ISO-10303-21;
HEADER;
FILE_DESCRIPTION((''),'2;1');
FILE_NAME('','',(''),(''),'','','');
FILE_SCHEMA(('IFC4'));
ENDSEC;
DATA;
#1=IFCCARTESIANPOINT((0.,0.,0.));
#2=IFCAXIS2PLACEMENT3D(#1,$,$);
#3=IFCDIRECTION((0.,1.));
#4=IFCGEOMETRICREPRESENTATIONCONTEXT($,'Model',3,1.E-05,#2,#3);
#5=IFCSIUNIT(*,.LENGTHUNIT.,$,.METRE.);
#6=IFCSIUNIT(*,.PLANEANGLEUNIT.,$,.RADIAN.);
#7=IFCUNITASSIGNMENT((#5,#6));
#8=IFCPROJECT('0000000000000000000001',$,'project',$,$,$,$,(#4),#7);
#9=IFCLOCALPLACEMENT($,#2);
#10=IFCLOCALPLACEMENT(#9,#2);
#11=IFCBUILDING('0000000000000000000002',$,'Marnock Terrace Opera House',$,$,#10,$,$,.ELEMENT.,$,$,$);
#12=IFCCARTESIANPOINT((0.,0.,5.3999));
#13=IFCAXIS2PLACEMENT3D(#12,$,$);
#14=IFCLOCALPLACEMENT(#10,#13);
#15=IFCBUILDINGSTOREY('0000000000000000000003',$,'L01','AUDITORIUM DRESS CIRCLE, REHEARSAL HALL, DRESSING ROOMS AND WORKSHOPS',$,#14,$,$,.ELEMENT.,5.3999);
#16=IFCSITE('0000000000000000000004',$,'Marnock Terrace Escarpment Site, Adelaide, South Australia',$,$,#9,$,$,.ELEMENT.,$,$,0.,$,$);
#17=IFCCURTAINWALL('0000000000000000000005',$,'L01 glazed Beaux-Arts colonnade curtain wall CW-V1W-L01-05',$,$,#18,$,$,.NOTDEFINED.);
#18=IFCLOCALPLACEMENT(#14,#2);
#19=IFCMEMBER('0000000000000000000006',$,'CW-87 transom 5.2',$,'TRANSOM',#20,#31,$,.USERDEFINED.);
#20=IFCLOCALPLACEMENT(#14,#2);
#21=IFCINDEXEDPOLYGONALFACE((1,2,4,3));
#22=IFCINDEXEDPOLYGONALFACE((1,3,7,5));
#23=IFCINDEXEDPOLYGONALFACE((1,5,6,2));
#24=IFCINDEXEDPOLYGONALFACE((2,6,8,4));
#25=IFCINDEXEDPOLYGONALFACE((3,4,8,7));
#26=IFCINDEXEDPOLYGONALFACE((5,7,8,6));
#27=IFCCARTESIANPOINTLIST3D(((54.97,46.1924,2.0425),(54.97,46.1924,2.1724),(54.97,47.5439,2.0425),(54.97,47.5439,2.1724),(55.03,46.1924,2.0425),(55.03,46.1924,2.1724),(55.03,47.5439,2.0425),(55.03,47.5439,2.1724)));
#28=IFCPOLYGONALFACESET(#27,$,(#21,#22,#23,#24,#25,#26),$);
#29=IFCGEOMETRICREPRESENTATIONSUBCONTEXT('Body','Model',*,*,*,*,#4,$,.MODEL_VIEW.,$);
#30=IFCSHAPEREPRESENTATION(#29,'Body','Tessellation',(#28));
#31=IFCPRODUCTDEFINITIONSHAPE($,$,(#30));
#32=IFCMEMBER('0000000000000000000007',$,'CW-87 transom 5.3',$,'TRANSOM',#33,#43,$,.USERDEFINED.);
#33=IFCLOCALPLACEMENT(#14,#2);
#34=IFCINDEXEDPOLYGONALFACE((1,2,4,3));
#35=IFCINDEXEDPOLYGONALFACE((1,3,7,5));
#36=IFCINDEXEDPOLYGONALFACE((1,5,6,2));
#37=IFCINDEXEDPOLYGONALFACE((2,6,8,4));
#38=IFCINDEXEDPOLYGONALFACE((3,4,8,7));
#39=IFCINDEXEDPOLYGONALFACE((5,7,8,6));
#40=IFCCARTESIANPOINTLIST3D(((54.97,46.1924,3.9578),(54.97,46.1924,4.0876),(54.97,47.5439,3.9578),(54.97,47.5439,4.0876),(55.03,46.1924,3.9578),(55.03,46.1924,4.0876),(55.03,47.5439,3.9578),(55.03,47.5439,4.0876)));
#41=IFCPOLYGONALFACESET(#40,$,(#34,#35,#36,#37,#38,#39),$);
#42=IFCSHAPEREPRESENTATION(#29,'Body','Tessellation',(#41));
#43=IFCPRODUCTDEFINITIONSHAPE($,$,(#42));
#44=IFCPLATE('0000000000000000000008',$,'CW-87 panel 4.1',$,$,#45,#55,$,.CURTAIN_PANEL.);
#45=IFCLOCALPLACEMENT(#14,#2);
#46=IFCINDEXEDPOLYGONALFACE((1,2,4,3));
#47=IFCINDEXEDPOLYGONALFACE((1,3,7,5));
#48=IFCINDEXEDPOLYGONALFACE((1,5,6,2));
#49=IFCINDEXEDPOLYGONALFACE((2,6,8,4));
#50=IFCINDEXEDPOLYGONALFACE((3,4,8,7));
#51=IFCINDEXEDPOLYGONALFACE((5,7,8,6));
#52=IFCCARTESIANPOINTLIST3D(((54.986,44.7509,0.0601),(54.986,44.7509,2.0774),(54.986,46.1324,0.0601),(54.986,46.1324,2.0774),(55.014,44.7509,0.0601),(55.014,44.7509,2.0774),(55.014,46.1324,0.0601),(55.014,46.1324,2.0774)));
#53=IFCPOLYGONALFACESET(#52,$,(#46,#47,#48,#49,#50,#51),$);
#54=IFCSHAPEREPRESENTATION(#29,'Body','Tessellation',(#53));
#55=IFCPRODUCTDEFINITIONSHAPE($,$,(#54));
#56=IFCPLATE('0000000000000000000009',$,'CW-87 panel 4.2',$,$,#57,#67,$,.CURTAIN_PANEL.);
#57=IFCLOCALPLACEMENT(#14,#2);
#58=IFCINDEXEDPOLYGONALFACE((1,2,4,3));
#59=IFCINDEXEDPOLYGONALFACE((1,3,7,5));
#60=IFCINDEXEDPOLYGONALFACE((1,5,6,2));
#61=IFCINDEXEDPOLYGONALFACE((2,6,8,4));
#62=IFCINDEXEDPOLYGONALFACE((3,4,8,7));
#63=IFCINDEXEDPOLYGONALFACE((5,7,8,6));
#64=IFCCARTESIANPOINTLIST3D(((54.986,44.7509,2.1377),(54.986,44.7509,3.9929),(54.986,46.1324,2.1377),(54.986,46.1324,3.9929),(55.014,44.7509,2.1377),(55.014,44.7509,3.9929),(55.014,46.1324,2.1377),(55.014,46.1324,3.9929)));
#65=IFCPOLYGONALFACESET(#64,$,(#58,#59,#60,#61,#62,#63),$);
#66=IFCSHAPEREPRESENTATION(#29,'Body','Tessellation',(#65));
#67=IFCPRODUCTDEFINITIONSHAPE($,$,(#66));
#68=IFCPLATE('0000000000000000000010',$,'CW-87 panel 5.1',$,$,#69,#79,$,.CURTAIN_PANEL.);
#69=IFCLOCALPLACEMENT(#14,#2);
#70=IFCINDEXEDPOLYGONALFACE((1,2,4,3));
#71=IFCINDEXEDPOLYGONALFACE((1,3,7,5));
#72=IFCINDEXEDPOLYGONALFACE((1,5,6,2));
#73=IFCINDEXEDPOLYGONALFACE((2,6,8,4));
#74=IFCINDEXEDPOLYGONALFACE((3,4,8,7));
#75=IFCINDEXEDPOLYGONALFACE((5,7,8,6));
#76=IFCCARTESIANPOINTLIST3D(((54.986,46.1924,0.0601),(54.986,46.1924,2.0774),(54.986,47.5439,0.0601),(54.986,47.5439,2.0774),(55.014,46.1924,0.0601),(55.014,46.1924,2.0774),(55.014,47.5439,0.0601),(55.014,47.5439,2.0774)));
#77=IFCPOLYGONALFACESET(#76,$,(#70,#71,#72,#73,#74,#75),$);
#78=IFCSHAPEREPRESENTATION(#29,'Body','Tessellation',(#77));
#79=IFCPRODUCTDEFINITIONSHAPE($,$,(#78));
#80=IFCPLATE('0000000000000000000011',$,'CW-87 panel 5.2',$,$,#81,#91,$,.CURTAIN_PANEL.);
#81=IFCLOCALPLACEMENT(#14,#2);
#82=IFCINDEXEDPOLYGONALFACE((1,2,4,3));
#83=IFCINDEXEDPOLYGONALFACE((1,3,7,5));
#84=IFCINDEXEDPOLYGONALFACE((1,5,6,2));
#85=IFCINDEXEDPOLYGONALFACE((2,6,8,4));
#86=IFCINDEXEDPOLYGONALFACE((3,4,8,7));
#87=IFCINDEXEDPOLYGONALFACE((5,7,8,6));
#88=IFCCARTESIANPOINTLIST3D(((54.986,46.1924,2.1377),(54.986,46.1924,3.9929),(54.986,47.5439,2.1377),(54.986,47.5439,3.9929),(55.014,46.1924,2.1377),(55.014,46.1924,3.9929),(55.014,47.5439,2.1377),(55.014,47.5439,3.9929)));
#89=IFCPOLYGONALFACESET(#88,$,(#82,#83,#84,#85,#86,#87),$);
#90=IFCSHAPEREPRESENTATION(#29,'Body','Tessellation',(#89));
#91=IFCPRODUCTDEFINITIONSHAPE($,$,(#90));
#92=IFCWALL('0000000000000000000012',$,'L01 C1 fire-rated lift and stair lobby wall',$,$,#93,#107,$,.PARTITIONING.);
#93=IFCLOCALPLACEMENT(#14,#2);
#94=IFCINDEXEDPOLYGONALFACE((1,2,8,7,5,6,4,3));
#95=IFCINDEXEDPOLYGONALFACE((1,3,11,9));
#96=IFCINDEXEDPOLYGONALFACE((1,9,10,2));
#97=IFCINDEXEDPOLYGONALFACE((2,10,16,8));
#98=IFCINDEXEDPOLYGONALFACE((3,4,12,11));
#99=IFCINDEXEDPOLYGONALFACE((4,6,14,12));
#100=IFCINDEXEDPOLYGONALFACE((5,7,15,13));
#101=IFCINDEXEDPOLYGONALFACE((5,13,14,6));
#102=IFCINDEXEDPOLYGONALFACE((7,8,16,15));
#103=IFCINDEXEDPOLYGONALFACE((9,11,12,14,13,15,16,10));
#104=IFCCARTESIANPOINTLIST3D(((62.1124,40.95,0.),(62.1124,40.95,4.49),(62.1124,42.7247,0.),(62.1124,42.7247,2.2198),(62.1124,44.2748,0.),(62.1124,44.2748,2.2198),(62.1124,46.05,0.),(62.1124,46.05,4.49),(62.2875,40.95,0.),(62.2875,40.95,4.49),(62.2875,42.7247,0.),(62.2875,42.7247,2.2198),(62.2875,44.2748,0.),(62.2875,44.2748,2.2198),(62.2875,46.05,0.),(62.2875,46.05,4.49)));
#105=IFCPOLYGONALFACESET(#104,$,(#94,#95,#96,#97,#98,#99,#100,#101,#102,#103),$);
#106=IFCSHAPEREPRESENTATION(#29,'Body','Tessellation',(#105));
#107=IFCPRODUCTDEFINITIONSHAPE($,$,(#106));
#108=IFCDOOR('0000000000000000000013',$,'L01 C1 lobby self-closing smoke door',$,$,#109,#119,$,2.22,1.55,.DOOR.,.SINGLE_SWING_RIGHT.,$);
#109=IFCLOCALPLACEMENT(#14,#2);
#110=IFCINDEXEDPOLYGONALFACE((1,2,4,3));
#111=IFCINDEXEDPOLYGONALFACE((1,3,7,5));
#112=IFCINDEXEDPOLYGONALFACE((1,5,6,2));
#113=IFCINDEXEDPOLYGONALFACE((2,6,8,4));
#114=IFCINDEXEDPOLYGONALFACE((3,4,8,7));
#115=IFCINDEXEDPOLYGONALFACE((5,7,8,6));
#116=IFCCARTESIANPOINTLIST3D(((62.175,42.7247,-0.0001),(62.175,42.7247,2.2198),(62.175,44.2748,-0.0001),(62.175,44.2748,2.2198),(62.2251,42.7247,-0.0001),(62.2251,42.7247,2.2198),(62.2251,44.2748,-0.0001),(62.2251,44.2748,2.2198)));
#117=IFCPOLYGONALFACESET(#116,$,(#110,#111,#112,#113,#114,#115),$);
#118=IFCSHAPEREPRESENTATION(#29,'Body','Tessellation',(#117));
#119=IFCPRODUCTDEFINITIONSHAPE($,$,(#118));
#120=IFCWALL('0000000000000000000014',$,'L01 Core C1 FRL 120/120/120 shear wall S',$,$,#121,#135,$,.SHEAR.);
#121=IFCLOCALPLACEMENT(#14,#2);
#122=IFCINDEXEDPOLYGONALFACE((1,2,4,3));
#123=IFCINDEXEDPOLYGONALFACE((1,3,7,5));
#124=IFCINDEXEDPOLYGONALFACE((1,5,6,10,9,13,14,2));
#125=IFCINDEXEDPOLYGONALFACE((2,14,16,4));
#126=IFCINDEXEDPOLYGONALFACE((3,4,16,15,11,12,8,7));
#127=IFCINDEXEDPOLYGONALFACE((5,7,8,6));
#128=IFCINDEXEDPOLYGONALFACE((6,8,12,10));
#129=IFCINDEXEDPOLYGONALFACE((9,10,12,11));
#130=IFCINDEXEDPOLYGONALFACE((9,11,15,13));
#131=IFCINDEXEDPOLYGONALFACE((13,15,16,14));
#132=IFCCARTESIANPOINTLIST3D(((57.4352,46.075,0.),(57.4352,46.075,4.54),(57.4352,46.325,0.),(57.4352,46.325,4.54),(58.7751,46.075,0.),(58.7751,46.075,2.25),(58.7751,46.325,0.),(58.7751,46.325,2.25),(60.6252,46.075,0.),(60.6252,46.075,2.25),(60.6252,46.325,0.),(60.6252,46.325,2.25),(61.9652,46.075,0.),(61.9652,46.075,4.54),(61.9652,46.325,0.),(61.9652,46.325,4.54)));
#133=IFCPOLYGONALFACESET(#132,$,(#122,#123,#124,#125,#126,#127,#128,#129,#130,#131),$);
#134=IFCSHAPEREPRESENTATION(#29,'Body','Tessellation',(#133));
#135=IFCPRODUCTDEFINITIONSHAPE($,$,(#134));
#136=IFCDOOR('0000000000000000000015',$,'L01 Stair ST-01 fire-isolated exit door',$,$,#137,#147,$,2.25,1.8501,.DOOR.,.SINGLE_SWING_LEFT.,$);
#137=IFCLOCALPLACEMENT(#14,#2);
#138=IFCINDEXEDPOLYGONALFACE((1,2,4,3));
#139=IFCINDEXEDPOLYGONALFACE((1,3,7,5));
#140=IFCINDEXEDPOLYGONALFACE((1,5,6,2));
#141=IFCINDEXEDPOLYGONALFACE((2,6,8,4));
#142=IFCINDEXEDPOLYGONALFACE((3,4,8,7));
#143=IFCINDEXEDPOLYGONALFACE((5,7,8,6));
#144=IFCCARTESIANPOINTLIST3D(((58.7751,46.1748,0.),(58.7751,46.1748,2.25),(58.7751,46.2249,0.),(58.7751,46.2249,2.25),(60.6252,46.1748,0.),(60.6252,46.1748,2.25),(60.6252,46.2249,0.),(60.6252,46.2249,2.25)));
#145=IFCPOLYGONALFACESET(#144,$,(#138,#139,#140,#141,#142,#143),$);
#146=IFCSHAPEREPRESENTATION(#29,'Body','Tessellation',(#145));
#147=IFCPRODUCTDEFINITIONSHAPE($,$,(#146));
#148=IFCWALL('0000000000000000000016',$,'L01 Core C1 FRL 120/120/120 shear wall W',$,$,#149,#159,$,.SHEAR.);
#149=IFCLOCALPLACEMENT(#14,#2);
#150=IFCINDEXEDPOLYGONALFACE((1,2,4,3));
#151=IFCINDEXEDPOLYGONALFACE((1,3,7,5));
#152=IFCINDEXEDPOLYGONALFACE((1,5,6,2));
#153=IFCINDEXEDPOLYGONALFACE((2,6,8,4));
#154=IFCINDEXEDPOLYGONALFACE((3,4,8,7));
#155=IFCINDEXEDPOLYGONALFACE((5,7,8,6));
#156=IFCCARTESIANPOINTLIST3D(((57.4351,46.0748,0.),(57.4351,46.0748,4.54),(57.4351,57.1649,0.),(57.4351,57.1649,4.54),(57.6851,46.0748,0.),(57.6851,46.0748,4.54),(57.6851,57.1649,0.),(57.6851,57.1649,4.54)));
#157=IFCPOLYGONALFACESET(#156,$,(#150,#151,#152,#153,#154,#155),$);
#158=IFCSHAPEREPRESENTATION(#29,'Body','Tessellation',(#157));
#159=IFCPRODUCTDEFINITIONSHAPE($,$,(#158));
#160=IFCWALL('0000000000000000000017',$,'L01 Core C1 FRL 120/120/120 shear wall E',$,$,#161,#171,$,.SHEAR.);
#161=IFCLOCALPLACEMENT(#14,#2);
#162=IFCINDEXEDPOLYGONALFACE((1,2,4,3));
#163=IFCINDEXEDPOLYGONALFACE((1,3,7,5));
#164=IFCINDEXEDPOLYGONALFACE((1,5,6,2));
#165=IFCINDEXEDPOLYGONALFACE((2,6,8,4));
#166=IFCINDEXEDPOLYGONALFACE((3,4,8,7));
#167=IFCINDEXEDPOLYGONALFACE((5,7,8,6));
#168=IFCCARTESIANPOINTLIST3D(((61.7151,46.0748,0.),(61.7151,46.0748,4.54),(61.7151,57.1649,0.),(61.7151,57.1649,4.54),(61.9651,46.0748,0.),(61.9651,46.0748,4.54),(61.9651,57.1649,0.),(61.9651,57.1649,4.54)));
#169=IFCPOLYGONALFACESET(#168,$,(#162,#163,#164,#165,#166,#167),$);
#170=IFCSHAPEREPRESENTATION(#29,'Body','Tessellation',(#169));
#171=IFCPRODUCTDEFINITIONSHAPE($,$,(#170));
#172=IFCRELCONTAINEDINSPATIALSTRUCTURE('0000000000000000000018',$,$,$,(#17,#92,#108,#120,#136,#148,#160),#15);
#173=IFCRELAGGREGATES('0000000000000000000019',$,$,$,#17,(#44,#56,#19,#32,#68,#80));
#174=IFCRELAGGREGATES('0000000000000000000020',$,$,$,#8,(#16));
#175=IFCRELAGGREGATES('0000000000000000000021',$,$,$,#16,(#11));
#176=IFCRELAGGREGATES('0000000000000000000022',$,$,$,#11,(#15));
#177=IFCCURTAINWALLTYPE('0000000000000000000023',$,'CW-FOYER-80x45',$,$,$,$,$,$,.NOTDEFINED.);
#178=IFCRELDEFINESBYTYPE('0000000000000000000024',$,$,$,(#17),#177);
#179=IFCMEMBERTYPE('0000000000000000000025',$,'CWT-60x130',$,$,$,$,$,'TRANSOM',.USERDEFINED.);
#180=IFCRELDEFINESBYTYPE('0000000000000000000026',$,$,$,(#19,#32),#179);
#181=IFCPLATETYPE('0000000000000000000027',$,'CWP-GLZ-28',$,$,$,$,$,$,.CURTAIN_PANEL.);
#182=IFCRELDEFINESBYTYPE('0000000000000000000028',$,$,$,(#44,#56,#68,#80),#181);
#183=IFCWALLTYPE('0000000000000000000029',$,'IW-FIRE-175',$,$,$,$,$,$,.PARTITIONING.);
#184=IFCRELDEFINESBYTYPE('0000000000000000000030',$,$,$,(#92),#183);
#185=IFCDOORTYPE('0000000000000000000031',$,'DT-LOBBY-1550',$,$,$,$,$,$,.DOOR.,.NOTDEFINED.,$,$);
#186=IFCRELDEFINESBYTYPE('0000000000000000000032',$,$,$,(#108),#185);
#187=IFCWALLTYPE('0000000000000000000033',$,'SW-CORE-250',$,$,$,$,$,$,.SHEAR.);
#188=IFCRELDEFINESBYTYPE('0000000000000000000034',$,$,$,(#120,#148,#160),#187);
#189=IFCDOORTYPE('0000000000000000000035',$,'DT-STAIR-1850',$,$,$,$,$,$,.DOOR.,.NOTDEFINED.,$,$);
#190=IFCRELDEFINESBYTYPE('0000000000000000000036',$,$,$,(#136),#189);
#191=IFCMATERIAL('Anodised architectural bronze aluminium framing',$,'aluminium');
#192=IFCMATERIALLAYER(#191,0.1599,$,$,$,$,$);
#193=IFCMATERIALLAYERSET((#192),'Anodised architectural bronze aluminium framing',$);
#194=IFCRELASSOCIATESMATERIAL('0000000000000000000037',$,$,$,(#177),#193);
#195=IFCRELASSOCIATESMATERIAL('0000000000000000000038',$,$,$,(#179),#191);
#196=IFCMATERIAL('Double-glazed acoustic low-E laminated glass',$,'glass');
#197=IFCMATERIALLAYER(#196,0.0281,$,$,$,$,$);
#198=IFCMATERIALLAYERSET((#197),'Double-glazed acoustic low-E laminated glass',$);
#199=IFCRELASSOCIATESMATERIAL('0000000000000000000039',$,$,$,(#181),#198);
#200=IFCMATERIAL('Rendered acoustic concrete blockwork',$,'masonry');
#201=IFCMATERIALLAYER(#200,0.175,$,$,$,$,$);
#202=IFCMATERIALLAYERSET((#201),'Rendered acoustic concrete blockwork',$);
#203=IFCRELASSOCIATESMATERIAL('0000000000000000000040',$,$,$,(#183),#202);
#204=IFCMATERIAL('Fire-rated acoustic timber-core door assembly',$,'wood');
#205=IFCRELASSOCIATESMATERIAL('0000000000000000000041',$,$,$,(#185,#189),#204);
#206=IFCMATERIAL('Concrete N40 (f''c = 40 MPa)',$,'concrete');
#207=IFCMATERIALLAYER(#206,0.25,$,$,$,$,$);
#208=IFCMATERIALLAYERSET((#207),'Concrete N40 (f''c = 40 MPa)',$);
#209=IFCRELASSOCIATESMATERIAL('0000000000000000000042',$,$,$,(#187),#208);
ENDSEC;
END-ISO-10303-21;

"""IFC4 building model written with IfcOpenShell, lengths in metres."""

from ifc_helpers import new_model, si_unit, direction, frame, frame_2d, origin, origin_2d, place, context, subcontext, project, spatial, rectangle, extrude, material, layer, layer_set, material_profile, profile_set, type_object, element, fill, aggregate, save


model = new_model("IFC4")

# Units and contexts
model_context = context("Model", 3, precision=1e-05, world=origin(), true_north=direction((0.0, 1.0)))
body_context = subcontext(model_context, "Body", "Model", "MODEL_VIEW")
ifc_project = project(units=[si_unit("LENGTHUNIT", "METRE"), si_unit("PLANEANGLEUNIT", "RADIAN")], contexts=[model_context])

# Site, building, storey
site_placement = place(None, origin())
site = spatial("IfcSite", under=ifc_project, at=site_placement, Name="Marnock Terrace Escarpment Site, Adelaide, South Australia", CompositionType="ELEMENT", RefElevation=0.0)
building_placement = place(site_placement, origin())
building = spatial("IfcBuilding", under=site, at=building_placement, Name="Marnock Terrace Opera House", CompositionType="ELEMENT")
storey_placement = place(building_placement, frame((0.0, 0.0, 5.3999)))
storey = spatial("IfcBuildingStorey", under=building, at=storey_placement, Name="L01", Description="AUDITORIUM DRESS CIRCLE, REHEARSAL HALL, DRESSING ROOMS AND WORKSHOPS", CompositionType="ELEMENT", Elevation=5.3999)

# Curtain wall, members, plates
ifc_material_1 = material(Name="Anodised architectural bronze aluminium framing", Category="aluminium")
ifc_layer_1 = layer(ifc_material_1, 0.1599)
ifc_layer_set_1 = layer_set([ifc_layer_1], Name="Anodised architectural bronze aluminium framing")
curtain_wall_type = type_object("IfcCurtainWallType", Name="CW-FOYER-80x45", PredefinedType="NOTDEFINED", material=ifc_layer_set_1)
curtain_wall_placement = place(storey_placement, origin())
curtain_wall = element("IfcCurtainWall", 1, at=curtain_wall_placement, inside=storey, type_object=curtain_wall_type, Name="L01 glazed Beaux-Arts colonnade curtain wall CW-V1W-L01-05", PredefinedType="NOTDEFINED")
ifc_material_profile_1 = material_profile(ifc_material_1, rectangle(XDim=0.0601, YDim=0.1299, at=origin_2d()))
ifc_profile_set_1 = profile_set([ifc_material_profile_1], Name="Anodised architectural bronze aluminium framing")
member_type_1 = type_object("IfcMemberType", Name="CWT-60x130", ElementType="TRANSOM", PredefinedType="USERDEFINED", material=ifc_profile_set_1)
member_1_placement = place(storey_placement, frame((55.0, 46.1924, 2.1074), z_axis=(0.0, 1.0, 0.0), x_axis=(-1.0, 0.0, 0.0)))
member_1 = element("IfcMember", 2, at=member_1_placement, type_object=member_type_1, Name="CW-87 transom 5.2", ObjectType="TRANSOM", PredefinedType="USERDEFINED", context=body_context, shape_type="SweptSolid", body=[
    extrude(rectangle(XDim=0.0601, YDim=0.1299, at=origin_2d()), origin(), (0.0, 0.0, 1.0), 1.3516),
])
member_2_placement = place(storey_placement, frame((55.0, 46.1924, 4.0227), z_axis=(0.0, 1.0, 0.0), x_axis=(-1.0, 0.0, 0.0)))
member_2 = element("IfcMember", 3, at=member_2_placement, type_object=member_type_1, Name="CW-87 transom 5.3", ObjectType="TRANSOM", PredefinedType="USERDEFINED", context=body_context, shape_type="SweptSolid", body=[
    extrude(rectangle(XDim=0.0601, YDim=0.1299, at=origin_2d()), origin(), (0.0, 0.0, 1.0), 1.3516),
])
ifc_material_2 = material(Name="Double-glazed acoustic low-E laminated glass", Category="glass")
ifc_layer_2 = layer(ifc_material_2, 0.0281)
ifc_layer_set_2 = layer_set([ifc_layer_2], Name="Double-glazed acoustic low-E laminated glass")
plate_type = type_object("IfcPlateType", Name="CWP-GLZ-28", PredefinedType="CURTAIN_PANEL", material=ifc_layer_set_2)
plate_1_placement = place(storey_placement, frame((55.0, 45.4417, 0.0601), z_axis=(0.0, 0.0, 1.0), x_axis=(0.0, 1.0, 0.0)))
plate_1 = element("IfcPlate", 4, at=plate_1_placement, type_object=plate_type, Name="CW-87 panel 4.1", PredefinedType="CURTAIN_PANEL", context=body_context, shape_type="SweptSolid", body=[
    extrude(rectangle(XDim=1.3816, YDim=0.0281, at=origin_2d()), origin(), (0.0, 0.0, 1.0), 2.0173),
])
plate_2_placement = place(storey_placement, frame((55.0, 45.4417, 2.1377), z_axis=(0.0, 0.0, 1.0), x_axis=(0.0, 1.0, 0.0)))
plate_2 = element("IfcPlate", 5, at=plate_2_placement, type_object=plate_type, Name="CW-87 panel 4.2", PredefinedType="CURTAIN_PANEL", context=body_context, shape_type="SweptSolid", body=[
    extrude(rectangle(XDim=1.3816, YDim=0.0281, at=origin_2d()), origin(), (0.0, 0.0, 1.0), 1.8552),
])
plate_3_placement = place(storey_placement, frame((55.0, 46.8682, 0.0601), z_axis=(0.0, 0.0, 1.0), x_axis=(0.0, 1.0, 0.0)))
plate_3 = element("IfcPlate", 6, at=plate_3_placement, type_object=plate_type, Name="CW-87 panel 5.1", PredefinedType="CURTAIN_PANEL", context=body_context, shape_type="SweptSolid", body=[
    extrude(rectangle(XDim=1.3516, YDim=0.0281, at=origin_2d()), origin(), (0.0, 0.0, 1.0), 2.0173),
])
plate_4_placement = place(storey_placement, frame((55.0, 46.8682, 2.1377), z_axis=(0.0, 0.0, 1.0), x_axis=(0.0, 1.0, 0.0)))
plate_4 = element("IfcPlate", 7, at=plate_4_placement, type_object=plate_type, Name="CW-87 panel 5.2", PredefinedType="CURTAIN_PANEL", context=body_context, shape_type="SweptSolid", body=[
    extrude(rectangle(XDim=1.3516, YDim=0.0281, at=origin_2d()), origin(), (0.0, 0.0, 1.0), 1.8552),
])
aggregate(curtain_wall, [plate_1, plate_2, member_1, member_2, plate_3, plate_4])

# Walls, openings, doors
ifc_material_3 = material(Name="Rendered acoustic concrete blockwork", Category="masonry")
ifc_layer_3 = layer(ifc_material_3, 0.175)
ifc_layer_set_3 = layer_set([ifc_layer_3], Name="Rendered acoustic concrete blockwork")
wall_type_1 = type_object("IfcWallType", Name="IW-FIRE-175", PredefinedType="PARTITIONING", material=ifc_layer_set_3)
wall_1_placement = place(storey_placement, frame((62.2, 40.95, 0.0), z_axis=(0.0, 0.0, 1.0), x_axis=(0.0, 1.0, 0.0)))
wall_1 = element("IfcWall", 8, at=wall_1_placement, inside=storey, type_object=wall_type_1, Name="L01 C1 fire-rated lift and stair lobby wall", PredefinedType="PARTITIONING", context=body_context, shape_type="SweptSolid", body=[
    extrude(rectangle(XDim=5.1001, YDim=0.175, at=frame_2d((2.55, 0.0))), origin(), (0.0, 0.0, 1.0), 4.49),
])
opening_1_placement = place(wall_1_placement, frame((1.7749, 0.0, 0.0)))
opening_1 = element("IfcOpeningElement", 9, at=opening_1_placement, cuts=wall_1, PredefinedType="OPENING", context=body_context, shape_type="SweptSolid", body=[
    extrude(rectangle(XDim=1.55, YDim=2.22, at=frame_2d((0.7749, 1.1099))), frame((0.0, 0.0974, 0.0), z_axis=(0.0, -1.0, 0.0), x_axis=(1.0, 0.0, 0.0)), (0.0, 0.0, 1.0), 0.1951),
])
ifc_material_4 = material(Name="Fire-rated acoustic timber-core door assembly", Category="wood")
door_type_1 = type_object("IfcDoorType", Name="DT-LOBBY-1550", OperationType="NOTDEFINED", PredefinedType="DOOR", material=ifc_material_4)
door_1_placement = place(opening_1_placement, origin())
door_1 = element("IfcDoor", 10, at=door_1_placement, inside=storey, type_object=door_type_1, Name="L01 C1 lobby self-closing smoke door", OperationType="SINGLE_SWING_RIGHT", OverallHeight=2.22, OverallWidth=1.55, PredefinedType="DOOR", context=body_context, shape_type="SweptSolid", body=[
    extrude(rectangle(XDim=1.55, YDim=2.22, at=frame_2d((0.7749, 1.1099))), frame((0.0, 0.0249, 0.0), z_axis=(0.0, -1.0, 0.0), x_axis=(1.0, 0.0, 0.0)), (0.0, 0.0, 1.0), 0.05),
])
fill(opening_1, door_1)
ifc_material_5 = material(Name="Concrete N40 (f'c = 40 MPa)", Category="concrete")
ifc_layer_4 = layer(ifc_material_5, 0.25)
ifc_layer_set_4 = layer_set([ifc_layer_4], Name="Concrete N40 (f'c = 40 MPa)")
wall_type_2 = type_object("IfcWallType", Name="SW-CORE-250", PredefinedType="SHEAR", material=ifc_layer_set_4)
wall_2_placement = place(storey_placement, frame((57.4351, 46.2, 0.0), z_axis=(0.0, 0.0, 1.0), x_axis=(1.0, 0.0, 0.0)))
wall_2 = element("IfcWall", 11, at=wall_2_placement, inside=storey, type_object=wall_type_2, Name="L01 Core C1 FRL 120/120/120 shear wall S", PredefinedType="SHEAR", context=body_context, shape_type="SweptSolid", body=[
    extrude(rectangle(XDim=4.53, YDim=0.25, at=frame_2d((2.2651, 0.0))), origin(), (0.0, 0.0, 1.0), 4.54),
])
opening_2_placement = place(wall_2_placement, frame((1.3401, 0.0, 0.0)))
opening_2 = element("IfcOpeningElement", 12, at=opening_2_placement, cuts=wall_2, PredefinedType="OPENING", context=body_context, shape_type="SweptSolid", body=[
    extrude(rectangle(XDim=1.8501, YDim=2.25, at=frame_2d((0.925, 1.125))), frame((0.0, 0.135, 0.0), z_axis=(0.0, -1.0, 0.0), x_axis=(1.0, 0.0, 0.0)), (0.0, 0.0, 1.0), 0.27),
])
door_type_2 = type_object("IfcDoorType", Name="DT-STAIR-1850", OperationType="NOTDEFINED", PredefinedType="DOOR", material=ifc_material_4)
door_2_placement = place(opening_2_placement, origin())
door_2 = element("IfcDoor", 13, at=door_2_placement, inside=storey, type_object=door_type_2, Name="L01 Stair ST-01 fire-isolated exit door", OperationType="SINGLE_SWING_LEFT", OverallHeight=2.25, OverallWidth=1.8501, PredefinedType="DOOR", context=body_context, shape_type="SweptSolid", body=[
    extrude(rectangle(XDim=1.8501, YDim=2.25, at=frame_2d((0.925, 1.125))), frame((0.0, 0.0249, 0.0), z_axis=(0.0, -1.0, 0.0), x_axis=(1.0, 0.0, 0.0)), (0.0, 0.0, 1.0), 0.05),
])
fill(opening_2, door_2)

# Walls
for number, where, z_axis, x_axis, name in (
    (14, (57.5601, 46.075, 0.0), (0.0, 0.0, 1.0), (0.0, 1.0, 0.0), "L01 Core C1 FRL 120/120/120 shear wall W"),
    (15, (61.8401, 46.075, 0.0), (0.0, 0.0, 1.0), (0.0, 1.0, 0.0), "L01 Core C1 FRL 120/120/120 shear wall E"),
):
    element("IfcWall", number, at=place(storey_placement, frame(where, z_axis=z_axis, x_axis=x_axis)), inside=storey, type_object=wall_type_2, Name=name, PredefinedType="SHEAR", context=body_context, shape_type="SweptSolid", body=[
        extrude(rectangle(XDim=11.0901, YDim=0.25, at=frame_2d((5.5449, 0.0))), origin(), (0.0, 0.0, 1.0), 4.54),
    ])

save(model, "model.ifc")
